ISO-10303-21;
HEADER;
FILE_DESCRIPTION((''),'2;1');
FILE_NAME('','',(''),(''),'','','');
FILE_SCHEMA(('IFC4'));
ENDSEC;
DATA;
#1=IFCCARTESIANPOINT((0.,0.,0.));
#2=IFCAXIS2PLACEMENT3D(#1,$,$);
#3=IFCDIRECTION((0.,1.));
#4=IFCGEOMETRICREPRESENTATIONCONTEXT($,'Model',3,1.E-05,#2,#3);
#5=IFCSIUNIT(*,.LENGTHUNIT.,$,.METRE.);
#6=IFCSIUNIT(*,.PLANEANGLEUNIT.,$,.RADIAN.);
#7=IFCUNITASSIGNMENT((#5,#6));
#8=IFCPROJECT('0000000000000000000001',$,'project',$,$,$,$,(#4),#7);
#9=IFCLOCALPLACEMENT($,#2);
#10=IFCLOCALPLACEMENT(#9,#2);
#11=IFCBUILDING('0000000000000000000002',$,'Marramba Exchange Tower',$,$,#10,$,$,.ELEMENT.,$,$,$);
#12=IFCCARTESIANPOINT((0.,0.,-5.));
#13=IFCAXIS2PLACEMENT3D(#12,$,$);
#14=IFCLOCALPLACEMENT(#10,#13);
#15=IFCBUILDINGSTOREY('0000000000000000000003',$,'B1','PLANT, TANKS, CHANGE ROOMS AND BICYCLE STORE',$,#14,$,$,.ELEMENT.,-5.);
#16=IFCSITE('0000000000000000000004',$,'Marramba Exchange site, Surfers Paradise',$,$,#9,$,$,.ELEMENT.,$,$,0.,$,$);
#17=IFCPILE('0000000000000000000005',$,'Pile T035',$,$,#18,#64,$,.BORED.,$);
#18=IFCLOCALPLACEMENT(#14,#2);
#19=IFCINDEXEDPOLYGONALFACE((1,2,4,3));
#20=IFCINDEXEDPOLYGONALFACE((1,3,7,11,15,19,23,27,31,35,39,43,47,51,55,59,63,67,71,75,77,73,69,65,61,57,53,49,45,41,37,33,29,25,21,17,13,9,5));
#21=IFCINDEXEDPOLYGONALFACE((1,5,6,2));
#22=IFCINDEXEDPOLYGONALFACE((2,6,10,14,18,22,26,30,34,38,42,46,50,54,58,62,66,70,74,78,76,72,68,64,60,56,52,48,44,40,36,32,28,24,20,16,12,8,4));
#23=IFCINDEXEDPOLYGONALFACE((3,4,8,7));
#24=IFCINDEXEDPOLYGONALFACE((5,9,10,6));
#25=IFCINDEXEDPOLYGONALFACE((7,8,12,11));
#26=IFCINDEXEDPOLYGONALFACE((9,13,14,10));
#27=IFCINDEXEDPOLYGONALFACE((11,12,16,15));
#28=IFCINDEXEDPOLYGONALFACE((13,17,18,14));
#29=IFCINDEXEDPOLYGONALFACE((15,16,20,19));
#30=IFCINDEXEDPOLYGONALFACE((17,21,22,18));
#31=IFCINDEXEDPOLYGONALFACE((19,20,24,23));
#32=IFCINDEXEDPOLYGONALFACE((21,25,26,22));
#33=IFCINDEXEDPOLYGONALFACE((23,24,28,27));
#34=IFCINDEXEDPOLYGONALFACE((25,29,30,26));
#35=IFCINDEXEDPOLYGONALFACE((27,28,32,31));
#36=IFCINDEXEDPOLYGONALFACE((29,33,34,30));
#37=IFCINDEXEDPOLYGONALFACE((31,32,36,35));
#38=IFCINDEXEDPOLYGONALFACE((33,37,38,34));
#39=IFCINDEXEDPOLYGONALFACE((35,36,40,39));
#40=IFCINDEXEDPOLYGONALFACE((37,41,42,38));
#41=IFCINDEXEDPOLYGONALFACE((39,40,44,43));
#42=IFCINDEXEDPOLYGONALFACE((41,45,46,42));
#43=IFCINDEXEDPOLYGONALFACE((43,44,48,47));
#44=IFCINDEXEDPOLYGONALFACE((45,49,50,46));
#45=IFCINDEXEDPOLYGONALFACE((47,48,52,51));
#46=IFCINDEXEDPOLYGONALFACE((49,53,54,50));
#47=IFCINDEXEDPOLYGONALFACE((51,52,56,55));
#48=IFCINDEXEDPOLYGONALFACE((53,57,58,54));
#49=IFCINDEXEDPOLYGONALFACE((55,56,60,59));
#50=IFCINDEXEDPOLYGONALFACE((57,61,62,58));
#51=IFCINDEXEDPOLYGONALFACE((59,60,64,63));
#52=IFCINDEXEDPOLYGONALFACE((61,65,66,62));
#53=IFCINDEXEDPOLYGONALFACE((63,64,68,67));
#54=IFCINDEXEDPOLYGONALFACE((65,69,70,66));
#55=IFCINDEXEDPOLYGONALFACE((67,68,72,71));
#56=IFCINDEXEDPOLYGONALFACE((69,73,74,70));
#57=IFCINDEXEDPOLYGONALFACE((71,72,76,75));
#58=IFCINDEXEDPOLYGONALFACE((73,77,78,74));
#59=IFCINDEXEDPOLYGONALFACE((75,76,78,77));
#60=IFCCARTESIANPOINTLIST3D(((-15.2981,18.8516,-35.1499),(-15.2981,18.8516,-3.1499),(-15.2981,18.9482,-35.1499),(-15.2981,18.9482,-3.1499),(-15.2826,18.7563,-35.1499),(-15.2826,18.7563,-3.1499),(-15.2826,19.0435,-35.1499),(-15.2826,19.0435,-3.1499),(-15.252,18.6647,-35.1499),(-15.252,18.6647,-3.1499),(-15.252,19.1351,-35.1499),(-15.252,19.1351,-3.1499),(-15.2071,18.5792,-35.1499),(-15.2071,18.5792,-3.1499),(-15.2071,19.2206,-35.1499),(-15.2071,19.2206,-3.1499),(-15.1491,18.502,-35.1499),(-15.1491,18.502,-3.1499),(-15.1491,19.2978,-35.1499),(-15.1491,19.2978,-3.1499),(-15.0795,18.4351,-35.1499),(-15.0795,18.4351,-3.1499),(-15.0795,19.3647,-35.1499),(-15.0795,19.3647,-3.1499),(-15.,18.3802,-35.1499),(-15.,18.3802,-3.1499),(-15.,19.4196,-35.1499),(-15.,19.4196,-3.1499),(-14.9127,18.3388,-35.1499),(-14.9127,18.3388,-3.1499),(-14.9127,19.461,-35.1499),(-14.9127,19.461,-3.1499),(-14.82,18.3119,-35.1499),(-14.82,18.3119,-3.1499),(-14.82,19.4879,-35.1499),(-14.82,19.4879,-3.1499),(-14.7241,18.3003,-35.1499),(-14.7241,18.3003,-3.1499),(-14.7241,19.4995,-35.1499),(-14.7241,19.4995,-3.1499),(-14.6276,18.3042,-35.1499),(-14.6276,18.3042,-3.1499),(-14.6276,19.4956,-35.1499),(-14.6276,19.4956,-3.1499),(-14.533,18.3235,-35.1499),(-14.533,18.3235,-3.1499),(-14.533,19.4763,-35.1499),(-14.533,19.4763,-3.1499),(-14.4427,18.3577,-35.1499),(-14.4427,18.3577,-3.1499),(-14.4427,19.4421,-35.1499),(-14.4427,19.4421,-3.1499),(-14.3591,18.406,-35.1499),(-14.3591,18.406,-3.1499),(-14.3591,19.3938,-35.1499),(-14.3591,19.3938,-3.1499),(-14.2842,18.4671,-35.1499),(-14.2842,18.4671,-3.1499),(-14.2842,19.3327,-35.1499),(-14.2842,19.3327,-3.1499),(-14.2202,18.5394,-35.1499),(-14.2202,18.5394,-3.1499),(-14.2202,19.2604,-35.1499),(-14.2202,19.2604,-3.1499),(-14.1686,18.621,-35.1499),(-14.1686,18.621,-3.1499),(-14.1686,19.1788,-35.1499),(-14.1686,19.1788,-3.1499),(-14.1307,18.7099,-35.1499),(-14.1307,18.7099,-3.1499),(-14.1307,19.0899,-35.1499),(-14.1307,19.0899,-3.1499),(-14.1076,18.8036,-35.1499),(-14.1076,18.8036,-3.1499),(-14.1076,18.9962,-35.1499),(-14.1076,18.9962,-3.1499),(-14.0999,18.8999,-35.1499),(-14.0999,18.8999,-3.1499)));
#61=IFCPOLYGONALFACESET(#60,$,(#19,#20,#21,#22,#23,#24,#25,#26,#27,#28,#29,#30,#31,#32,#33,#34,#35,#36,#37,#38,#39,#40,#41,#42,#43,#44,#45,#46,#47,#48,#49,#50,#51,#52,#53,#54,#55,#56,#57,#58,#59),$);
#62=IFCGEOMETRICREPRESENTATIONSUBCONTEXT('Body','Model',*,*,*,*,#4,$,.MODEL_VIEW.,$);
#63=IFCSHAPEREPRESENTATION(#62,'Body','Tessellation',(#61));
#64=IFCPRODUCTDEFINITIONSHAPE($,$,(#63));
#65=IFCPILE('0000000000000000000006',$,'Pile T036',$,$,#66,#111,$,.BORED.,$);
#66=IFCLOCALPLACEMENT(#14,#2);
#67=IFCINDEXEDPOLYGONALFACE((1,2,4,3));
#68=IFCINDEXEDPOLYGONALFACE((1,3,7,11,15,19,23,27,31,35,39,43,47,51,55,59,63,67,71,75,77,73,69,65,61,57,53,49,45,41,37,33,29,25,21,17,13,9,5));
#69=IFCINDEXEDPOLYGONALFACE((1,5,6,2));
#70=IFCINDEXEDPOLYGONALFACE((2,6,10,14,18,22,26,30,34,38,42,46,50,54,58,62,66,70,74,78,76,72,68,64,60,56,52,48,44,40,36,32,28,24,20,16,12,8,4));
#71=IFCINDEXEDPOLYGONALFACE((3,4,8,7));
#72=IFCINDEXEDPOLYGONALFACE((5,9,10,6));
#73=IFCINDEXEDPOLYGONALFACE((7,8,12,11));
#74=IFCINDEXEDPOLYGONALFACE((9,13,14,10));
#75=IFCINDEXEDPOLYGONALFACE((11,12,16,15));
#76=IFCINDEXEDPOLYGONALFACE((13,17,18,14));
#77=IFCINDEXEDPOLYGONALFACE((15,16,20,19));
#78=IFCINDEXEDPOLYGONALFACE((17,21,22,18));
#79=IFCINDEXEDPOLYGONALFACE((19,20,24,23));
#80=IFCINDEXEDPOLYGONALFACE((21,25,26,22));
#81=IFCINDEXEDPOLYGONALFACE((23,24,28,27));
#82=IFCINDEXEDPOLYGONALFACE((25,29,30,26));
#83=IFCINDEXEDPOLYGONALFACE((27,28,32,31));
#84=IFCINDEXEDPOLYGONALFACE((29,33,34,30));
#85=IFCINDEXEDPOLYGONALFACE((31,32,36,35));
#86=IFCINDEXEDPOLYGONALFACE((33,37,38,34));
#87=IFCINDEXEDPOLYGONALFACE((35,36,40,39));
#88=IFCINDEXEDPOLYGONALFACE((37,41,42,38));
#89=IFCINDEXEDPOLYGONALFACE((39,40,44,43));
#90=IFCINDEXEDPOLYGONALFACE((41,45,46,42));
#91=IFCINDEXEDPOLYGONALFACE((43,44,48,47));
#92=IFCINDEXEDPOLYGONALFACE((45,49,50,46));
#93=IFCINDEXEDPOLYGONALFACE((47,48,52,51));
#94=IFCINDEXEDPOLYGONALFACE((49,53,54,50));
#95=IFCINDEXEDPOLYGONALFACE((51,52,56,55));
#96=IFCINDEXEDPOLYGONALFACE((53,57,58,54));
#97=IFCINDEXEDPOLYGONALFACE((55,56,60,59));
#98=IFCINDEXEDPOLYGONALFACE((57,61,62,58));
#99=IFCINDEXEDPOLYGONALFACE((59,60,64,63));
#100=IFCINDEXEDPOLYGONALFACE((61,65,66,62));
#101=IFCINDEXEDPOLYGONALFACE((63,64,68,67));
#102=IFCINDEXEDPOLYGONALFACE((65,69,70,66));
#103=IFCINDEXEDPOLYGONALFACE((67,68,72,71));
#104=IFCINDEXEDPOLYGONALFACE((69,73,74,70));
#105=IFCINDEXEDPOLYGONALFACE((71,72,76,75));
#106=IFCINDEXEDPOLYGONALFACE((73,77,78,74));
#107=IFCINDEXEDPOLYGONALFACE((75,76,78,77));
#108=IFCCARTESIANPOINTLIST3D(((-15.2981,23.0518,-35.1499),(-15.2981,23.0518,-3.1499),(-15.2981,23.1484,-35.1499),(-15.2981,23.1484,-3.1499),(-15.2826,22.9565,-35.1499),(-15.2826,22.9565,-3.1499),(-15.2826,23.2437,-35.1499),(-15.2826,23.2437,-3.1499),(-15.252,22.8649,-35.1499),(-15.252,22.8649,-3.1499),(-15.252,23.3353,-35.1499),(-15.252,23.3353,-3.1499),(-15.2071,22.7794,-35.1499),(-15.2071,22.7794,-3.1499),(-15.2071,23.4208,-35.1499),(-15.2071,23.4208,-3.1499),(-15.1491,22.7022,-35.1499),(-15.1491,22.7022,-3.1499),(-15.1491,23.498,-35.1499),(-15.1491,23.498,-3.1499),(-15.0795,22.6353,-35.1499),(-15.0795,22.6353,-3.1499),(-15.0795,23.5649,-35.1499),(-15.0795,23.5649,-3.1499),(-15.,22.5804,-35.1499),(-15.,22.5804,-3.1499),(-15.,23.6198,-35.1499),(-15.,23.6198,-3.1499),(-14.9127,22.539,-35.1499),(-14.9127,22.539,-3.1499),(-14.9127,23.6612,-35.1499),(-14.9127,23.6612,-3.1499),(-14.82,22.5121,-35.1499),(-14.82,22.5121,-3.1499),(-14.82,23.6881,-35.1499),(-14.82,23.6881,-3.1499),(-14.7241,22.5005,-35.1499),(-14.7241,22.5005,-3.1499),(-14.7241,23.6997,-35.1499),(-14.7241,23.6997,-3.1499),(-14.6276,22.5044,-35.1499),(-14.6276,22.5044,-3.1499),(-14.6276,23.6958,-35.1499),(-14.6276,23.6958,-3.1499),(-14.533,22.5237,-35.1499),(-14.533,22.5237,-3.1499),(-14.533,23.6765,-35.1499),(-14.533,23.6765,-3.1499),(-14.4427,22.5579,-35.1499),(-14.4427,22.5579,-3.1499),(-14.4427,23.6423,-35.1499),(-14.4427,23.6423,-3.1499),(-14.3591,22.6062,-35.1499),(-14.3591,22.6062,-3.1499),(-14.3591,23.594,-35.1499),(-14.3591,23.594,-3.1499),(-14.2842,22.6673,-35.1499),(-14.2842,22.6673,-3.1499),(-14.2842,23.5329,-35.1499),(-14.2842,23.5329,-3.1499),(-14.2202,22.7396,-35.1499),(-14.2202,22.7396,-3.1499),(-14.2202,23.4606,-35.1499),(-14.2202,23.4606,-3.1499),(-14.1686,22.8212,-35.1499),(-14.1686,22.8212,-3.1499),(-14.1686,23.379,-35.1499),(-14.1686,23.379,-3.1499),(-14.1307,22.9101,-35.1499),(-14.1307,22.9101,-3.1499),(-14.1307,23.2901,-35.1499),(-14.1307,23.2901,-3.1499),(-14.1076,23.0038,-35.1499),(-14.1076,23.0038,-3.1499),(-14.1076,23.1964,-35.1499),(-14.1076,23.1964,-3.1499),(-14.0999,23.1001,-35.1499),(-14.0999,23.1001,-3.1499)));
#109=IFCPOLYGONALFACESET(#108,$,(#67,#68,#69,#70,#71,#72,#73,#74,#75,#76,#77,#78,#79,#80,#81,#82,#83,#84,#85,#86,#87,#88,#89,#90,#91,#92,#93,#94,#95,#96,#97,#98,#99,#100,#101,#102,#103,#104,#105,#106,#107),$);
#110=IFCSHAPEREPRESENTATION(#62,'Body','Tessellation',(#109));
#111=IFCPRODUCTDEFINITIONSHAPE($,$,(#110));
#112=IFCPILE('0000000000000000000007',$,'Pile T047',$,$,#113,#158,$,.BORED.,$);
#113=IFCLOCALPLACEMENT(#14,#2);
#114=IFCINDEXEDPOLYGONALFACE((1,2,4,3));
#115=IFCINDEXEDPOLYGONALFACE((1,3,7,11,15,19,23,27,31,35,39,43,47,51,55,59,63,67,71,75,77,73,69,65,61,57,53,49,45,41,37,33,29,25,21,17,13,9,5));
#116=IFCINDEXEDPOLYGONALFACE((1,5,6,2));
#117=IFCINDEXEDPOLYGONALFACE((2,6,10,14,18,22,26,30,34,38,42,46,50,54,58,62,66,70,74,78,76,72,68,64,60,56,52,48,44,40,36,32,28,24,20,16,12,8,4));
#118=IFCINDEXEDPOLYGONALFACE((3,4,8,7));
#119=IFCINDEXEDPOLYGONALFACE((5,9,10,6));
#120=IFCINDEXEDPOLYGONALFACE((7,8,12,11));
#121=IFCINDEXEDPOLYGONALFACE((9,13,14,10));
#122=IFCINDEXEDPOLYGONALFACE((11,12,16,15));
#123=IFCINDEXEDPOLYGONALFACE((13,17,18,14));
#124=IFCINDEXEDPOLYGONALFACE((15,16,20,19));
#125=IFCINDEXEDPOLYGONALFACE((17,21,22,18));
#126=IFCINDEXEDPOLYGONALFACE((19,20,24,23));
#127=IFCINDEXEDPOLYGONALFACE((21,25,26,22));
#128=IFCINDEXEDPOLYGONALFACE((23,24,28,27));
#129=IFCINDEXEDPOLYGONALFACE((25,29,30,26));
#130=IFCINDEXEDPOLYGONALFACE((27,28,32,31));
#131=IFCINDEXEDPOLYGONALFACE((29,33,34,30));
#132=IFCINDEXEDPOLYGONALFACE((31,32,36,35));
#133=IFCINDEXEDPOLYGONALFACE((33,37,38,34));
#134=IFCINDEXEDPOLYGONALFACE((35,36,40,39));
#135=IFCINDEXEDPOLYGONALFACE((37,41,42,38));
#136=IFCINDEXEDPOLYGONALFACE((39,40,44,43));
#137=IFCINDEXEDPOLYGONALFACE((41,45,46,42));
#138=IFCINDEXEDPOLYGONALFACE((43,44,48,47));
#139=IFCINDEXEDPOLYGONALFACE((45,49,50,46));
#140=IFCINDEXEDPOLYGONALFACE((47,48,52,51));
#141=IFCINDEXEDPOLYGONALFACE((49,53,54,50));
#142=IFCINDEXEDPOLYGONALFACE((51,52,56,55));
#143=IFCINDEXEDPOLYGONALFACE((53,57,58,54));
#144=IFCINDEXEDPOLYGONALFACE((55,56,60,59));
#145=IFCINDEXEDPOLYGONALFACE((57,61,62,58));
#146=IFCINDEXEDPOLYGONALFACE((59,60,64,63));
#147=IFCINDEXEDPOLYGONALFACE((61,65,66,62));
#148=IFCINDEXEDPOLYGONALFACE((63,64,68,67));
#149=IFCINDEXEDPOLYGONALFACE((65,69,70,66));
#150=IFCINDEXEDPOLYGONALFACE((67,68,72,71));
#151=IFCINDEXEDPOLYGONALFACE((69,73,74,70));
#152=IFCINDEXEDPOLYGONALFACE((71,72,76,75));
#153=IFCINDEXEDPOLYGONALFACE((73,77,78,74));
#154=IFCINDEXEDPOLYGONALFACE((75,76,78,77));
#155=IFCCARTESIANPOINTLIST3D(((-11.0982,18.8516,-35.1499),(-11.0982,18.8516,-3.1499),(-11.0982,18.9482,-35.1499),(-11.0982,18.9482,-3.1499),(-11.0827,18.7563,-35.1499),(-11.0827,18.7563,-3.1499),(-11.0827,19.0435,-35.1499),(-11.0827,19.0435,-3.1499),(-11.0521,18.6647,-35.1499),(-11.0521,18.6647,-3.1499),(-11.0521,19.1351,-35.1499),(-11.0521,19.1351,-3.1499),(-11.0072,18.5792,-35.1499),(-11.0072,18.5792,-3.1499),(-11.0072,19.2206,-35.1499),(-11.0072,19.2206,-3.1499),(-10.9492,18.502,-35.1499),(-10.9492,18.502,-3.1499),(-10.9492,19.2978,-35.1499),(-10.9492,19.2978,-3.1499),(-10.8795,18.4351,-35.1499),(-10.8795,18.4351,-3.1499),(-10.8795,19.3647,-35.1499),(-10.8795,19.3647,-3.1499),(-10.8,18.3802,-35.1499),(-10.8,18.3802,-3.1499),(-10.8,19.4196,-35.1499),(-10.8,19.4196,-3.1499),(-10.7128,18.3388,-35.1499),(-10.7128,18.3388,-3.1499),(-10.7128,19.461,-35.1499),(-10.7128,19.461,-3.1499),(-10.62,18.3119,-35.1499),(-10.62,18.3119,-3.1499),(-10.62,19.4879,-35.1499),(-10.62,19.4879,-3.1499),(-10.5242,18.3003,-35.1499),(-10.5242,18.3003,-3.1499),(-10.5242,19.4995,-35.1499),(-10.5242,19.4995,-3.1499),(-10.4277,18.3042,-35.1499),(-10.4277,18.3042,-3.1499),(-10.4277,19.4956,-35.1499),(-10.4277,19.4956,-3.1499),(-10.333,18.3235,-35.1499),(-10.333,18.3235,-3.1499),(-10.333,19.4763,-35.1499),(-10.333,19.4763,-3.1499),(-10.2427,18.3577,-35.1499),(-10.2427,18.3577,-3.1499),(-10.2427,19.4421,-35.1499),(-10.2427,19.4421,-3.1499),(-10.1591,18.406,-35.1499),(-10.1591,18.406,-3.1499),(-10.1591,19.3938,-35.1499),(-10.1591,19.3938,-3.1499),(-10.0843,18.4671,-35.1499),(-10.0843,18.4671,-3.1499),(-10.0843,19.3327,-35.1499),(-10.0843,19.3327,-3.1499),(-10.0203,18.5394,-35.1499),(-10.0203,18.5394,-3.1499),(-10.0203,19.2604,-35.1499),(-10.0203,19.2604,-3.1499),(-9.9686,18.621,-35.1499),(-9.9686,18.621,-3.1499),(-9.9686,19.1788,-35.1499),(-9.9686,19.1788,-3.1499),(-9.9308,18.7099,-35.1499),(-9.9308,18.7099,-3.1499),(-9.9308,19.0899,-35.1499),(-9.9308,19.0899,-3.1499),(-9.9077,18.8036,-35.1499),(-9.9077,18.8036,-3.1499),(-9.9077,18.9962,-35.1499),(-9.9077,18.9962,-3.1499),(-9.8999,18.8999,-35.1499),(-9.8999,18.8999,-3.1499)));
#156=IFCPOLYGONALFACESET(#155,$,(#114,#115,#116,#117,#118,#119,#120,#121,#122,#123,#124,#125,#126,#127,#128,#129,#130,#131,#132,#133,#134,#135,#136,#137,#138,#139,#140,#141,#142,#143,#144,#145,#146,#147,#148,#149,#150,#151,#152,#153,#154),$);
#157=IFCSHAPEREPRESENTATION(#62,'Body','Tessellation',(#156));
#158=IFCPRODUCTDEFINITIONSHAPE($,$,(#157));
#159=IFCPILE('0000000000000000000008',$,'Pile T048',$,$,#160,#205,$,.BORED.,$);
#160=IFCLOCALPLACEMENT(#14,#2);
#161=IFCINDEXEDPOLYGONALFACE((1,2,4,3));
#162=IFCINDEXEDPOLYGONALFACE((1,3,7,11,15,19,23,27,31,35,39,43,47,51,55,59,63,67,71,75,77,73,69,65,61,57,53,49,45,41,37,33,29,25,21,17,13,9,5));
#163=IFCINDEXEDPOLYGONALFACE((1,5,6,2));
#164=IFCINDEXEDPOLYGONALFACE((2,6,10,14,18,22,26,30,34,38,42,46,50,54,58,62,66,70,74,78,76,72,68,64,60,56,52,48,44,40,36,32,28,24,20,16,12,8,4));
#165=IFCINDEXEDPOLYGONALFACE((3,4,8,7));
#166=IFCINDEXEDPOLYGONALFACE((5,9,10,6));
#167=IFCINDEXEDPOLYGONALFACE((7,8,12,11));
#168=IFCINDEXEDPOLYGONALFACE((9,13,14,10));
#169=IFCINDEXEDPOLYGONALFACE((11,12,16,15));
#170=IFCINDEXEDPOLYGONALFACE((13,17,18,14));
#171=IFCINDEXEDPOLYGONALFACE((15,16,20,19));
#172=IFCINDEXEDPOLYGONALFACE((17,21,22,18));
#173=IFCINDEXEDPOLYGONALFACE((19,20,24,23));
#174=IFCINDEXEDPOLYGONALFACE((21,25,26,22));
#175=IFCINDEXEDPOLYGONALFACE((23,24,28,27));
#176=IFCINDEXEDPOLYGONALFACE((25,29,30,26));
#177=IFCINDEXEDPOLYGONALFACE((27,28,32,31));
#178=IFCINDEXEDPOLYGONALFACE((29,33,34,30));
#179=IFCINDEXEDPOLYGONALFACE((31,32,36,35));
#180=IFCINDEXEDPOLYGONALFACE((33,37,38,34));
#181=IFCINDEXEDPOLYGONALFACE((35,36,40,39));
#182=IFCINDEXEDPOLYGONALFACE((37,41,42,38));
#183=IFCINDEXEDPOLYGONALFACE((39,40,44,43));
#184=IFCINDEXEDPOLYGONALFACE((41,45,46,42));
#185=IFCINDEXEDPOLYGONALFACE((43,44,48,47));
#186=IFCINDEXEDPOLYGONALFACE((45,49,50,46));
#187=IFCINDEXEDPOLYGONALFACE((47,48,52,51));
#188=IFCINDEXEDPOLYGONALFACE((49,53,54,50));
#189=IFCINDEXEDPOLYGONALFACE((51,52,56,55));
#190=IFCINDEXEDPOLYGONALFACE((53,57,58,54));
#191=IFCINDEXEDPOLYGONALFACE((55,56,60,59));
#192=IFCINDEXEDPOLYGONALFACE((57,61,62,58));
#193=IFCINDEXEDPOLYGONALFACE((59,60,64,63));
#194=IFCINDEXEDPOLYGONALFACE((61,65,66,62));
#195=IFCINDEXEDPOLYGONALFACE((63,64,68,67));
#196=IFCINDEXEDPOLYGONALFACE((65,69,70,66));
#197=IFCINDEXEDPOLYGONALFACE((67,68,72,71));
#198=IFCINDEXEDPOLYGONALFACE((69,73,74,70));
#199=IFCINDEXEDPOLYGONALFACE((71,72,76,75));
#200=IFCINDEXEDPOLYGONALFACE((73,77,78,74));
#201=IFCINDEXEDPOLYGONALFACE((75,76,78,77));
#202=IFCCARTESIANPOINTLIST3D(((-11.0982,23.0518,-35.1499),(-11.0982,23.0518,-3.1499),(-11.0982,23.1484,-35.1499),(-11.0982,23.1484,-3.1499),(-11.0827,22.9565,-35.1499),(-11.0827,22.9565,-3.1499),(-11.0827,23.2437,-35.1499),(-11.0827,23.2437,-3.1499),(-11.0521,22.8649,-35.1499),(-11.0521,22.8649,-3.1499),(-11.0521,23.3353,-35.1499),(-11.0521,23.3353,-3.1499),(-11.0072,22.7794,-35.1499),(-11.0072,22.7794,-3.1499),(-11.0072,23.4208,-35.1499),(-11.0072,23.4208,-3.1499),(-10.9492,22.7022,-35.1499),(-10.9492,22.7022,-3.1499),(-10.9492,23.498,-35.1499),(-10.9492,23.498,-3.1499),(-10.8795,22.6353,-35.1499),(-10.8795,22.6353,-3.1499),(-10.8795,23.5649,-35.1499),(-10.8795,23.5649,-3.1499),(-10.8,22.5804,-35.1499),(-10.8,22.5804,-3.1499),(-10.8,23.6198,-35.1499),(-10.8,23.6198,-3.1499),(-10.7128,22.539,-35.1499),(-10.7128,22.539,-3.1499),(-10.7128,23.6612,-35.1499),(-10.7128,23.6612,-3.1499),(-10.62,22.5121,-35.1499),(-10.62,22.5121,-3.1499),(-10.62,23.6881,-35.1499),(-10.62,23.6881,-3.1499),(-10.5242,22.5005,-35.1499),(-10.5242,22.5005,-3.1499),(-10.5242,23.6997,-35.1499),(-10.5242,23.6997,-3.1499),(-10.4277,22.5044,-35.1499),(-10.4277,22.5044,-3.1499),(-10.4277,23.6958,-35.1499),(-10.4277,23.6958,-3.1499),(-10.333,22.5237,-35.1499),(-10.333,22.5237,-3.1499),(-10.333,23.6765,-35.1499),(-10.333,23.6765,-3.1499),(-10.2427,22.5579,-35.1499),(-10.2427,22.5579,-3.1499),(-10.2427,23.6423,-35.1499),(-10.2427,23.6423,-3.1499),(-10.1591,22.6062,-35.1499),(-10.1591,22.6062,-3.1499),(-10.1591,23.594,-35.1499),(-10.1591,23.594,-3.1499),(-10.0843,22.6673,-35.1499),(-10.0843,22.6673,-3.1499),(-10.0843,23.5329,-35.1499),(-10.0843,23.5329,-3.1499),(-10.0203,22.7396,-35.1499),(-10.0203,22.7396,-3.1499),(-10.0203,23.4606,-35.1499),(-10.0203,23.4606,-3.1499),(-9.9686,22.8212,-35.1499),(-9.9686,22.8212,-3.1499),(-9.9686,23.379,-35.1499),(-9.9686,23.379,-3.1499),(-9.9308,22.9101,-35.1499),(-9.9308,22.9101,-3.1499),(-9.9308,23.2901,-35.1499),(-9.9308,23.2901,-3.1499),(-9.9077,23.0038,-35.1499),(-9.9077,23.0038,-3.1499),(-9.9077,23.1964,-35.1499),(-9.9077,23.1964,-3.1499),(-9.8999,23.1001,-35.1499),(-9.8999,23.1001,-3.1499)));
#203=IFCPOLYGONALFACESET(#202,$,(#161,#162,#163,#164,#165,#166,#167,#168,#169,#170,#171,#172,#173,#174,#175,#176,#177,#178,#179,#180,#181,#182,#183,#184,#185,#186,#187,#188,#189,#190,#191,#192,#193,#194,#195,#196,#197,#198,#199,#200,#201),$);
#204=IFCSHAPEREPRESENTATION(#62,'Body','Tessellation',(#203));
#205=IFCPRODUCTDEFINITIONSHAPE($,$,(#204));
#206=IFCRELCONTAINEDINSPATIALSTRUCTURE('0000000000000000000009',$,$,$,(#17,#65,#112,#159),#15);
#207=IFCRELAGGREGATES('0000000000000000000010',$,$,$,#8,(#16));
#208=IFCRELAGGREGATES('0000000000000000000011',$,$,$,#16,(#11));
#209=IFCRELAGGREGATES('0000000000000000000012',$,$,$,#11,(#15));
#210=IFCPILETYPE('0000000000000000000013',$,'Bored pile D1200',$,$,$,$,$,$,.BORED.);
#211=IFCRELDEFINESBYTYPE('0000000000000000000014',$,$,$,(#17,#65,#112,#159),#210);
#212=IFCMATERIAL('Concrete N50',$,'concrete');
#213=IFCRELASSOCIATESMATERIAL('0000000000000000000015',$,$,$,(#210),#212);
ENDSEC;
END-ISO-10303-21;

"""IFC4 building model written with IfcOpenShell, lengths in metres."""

from ifc_helpers import new_model, si_unit, direction, frame, origin, origin_2d, place, context, subcontext, project, spatial, circle, extrude, material, material_profile, profile_set, type_object, element, save


model = new_model("IFC4")

# Units and contexts
model_context = context("Model", 3, precision=1e-05, world=origin(), true_north=direction((0.0, 1.0)))
body_context = subcontext(model_context, "Body", "Model", "MODEL_VIEW")
ifc_project = project(units=[si_unit("LENGTHUNIT", "METRE"), si_unit("PLANEANGLEUNIT", "RADIAN")], contexts=[model_context])

# Site, building, storey
site_placement = place(None, origin())
site = spatial("IfcSite", under=ifc_project, at=site_placement, Name="Marramba Exchange site, Surfers Paradise", CompositionType="ELEMENT", RefElevation=0.0)
building_placement = place(site_placement, origin())
building = spatial("IfcBuilding", under=site, at=building_placement, Name="Marramba Exchange Tower", CompositionType="ELEMENT")
storey_placement = place(building_placement, frame((0.0, 0.0, -5.0)))
storey = spatial("IfcBuildingStorey", under=building, at=storey_placement, Name="B1", Description="PLANT, TANKS, CHANGE ROOMS AND BICYCLE STORE", CompositionType="ELEMENT", Elevation=-5.0)

# Piles
ifc_material_1 = material(Name="Concrete N50", Category="concrete")
ifc_material_profile_1 = material_profile(ifc_material_1, circle(Radius=0.6001, at=origin_2d()), Name="BP D1200")
ifc_profile_set_1 = profile_set([ifc_material_profile_1], Name="Concrete N50")
pile_type = type_object("IfcPileType", Name="Bored pile D1200", PredefinedType="BORED", material=ifc_profile_set_1)
for number, where, z_axis, x_axis, name in (
    (1, (-14.7, 18.8999, -3.1499), (0.0, 0.0, -1.0), (1.0, 0.0, 0.0), "Pile T035"),
    (2, (-14.7, 23.1001, -3.1499), (0.0, 0.0, -1.0), (1.0, 0.0, 0.0), "Pile T036"),
    (3, (-10.5, 18.8999, -3.1499), (0.0, 0.0, -1.0), (1.0, 0.0, 0.0), "Pile T047"),
    (4, (-10.5, 23.1001, -3.1499), (0.0, 0.0, -1.0), (1.0, 0.0, 0.0), "Pile T048"),
):
    element("IfcPile", number, at=place(storey_placement, frame(where, z_axis=z_axis, x_axis=x_axis)), inside=storey, type_object=pile_type, Name=name, PredefinedType="BORED", context=body_context, shape_type="SweptSolid", body=[
        extrude(circle(Radius=0.6001, at=origin_2d()), origin(), (0.0, 0.0, 1.0), 32.0),
    ])

save(model, "model.ifc")
